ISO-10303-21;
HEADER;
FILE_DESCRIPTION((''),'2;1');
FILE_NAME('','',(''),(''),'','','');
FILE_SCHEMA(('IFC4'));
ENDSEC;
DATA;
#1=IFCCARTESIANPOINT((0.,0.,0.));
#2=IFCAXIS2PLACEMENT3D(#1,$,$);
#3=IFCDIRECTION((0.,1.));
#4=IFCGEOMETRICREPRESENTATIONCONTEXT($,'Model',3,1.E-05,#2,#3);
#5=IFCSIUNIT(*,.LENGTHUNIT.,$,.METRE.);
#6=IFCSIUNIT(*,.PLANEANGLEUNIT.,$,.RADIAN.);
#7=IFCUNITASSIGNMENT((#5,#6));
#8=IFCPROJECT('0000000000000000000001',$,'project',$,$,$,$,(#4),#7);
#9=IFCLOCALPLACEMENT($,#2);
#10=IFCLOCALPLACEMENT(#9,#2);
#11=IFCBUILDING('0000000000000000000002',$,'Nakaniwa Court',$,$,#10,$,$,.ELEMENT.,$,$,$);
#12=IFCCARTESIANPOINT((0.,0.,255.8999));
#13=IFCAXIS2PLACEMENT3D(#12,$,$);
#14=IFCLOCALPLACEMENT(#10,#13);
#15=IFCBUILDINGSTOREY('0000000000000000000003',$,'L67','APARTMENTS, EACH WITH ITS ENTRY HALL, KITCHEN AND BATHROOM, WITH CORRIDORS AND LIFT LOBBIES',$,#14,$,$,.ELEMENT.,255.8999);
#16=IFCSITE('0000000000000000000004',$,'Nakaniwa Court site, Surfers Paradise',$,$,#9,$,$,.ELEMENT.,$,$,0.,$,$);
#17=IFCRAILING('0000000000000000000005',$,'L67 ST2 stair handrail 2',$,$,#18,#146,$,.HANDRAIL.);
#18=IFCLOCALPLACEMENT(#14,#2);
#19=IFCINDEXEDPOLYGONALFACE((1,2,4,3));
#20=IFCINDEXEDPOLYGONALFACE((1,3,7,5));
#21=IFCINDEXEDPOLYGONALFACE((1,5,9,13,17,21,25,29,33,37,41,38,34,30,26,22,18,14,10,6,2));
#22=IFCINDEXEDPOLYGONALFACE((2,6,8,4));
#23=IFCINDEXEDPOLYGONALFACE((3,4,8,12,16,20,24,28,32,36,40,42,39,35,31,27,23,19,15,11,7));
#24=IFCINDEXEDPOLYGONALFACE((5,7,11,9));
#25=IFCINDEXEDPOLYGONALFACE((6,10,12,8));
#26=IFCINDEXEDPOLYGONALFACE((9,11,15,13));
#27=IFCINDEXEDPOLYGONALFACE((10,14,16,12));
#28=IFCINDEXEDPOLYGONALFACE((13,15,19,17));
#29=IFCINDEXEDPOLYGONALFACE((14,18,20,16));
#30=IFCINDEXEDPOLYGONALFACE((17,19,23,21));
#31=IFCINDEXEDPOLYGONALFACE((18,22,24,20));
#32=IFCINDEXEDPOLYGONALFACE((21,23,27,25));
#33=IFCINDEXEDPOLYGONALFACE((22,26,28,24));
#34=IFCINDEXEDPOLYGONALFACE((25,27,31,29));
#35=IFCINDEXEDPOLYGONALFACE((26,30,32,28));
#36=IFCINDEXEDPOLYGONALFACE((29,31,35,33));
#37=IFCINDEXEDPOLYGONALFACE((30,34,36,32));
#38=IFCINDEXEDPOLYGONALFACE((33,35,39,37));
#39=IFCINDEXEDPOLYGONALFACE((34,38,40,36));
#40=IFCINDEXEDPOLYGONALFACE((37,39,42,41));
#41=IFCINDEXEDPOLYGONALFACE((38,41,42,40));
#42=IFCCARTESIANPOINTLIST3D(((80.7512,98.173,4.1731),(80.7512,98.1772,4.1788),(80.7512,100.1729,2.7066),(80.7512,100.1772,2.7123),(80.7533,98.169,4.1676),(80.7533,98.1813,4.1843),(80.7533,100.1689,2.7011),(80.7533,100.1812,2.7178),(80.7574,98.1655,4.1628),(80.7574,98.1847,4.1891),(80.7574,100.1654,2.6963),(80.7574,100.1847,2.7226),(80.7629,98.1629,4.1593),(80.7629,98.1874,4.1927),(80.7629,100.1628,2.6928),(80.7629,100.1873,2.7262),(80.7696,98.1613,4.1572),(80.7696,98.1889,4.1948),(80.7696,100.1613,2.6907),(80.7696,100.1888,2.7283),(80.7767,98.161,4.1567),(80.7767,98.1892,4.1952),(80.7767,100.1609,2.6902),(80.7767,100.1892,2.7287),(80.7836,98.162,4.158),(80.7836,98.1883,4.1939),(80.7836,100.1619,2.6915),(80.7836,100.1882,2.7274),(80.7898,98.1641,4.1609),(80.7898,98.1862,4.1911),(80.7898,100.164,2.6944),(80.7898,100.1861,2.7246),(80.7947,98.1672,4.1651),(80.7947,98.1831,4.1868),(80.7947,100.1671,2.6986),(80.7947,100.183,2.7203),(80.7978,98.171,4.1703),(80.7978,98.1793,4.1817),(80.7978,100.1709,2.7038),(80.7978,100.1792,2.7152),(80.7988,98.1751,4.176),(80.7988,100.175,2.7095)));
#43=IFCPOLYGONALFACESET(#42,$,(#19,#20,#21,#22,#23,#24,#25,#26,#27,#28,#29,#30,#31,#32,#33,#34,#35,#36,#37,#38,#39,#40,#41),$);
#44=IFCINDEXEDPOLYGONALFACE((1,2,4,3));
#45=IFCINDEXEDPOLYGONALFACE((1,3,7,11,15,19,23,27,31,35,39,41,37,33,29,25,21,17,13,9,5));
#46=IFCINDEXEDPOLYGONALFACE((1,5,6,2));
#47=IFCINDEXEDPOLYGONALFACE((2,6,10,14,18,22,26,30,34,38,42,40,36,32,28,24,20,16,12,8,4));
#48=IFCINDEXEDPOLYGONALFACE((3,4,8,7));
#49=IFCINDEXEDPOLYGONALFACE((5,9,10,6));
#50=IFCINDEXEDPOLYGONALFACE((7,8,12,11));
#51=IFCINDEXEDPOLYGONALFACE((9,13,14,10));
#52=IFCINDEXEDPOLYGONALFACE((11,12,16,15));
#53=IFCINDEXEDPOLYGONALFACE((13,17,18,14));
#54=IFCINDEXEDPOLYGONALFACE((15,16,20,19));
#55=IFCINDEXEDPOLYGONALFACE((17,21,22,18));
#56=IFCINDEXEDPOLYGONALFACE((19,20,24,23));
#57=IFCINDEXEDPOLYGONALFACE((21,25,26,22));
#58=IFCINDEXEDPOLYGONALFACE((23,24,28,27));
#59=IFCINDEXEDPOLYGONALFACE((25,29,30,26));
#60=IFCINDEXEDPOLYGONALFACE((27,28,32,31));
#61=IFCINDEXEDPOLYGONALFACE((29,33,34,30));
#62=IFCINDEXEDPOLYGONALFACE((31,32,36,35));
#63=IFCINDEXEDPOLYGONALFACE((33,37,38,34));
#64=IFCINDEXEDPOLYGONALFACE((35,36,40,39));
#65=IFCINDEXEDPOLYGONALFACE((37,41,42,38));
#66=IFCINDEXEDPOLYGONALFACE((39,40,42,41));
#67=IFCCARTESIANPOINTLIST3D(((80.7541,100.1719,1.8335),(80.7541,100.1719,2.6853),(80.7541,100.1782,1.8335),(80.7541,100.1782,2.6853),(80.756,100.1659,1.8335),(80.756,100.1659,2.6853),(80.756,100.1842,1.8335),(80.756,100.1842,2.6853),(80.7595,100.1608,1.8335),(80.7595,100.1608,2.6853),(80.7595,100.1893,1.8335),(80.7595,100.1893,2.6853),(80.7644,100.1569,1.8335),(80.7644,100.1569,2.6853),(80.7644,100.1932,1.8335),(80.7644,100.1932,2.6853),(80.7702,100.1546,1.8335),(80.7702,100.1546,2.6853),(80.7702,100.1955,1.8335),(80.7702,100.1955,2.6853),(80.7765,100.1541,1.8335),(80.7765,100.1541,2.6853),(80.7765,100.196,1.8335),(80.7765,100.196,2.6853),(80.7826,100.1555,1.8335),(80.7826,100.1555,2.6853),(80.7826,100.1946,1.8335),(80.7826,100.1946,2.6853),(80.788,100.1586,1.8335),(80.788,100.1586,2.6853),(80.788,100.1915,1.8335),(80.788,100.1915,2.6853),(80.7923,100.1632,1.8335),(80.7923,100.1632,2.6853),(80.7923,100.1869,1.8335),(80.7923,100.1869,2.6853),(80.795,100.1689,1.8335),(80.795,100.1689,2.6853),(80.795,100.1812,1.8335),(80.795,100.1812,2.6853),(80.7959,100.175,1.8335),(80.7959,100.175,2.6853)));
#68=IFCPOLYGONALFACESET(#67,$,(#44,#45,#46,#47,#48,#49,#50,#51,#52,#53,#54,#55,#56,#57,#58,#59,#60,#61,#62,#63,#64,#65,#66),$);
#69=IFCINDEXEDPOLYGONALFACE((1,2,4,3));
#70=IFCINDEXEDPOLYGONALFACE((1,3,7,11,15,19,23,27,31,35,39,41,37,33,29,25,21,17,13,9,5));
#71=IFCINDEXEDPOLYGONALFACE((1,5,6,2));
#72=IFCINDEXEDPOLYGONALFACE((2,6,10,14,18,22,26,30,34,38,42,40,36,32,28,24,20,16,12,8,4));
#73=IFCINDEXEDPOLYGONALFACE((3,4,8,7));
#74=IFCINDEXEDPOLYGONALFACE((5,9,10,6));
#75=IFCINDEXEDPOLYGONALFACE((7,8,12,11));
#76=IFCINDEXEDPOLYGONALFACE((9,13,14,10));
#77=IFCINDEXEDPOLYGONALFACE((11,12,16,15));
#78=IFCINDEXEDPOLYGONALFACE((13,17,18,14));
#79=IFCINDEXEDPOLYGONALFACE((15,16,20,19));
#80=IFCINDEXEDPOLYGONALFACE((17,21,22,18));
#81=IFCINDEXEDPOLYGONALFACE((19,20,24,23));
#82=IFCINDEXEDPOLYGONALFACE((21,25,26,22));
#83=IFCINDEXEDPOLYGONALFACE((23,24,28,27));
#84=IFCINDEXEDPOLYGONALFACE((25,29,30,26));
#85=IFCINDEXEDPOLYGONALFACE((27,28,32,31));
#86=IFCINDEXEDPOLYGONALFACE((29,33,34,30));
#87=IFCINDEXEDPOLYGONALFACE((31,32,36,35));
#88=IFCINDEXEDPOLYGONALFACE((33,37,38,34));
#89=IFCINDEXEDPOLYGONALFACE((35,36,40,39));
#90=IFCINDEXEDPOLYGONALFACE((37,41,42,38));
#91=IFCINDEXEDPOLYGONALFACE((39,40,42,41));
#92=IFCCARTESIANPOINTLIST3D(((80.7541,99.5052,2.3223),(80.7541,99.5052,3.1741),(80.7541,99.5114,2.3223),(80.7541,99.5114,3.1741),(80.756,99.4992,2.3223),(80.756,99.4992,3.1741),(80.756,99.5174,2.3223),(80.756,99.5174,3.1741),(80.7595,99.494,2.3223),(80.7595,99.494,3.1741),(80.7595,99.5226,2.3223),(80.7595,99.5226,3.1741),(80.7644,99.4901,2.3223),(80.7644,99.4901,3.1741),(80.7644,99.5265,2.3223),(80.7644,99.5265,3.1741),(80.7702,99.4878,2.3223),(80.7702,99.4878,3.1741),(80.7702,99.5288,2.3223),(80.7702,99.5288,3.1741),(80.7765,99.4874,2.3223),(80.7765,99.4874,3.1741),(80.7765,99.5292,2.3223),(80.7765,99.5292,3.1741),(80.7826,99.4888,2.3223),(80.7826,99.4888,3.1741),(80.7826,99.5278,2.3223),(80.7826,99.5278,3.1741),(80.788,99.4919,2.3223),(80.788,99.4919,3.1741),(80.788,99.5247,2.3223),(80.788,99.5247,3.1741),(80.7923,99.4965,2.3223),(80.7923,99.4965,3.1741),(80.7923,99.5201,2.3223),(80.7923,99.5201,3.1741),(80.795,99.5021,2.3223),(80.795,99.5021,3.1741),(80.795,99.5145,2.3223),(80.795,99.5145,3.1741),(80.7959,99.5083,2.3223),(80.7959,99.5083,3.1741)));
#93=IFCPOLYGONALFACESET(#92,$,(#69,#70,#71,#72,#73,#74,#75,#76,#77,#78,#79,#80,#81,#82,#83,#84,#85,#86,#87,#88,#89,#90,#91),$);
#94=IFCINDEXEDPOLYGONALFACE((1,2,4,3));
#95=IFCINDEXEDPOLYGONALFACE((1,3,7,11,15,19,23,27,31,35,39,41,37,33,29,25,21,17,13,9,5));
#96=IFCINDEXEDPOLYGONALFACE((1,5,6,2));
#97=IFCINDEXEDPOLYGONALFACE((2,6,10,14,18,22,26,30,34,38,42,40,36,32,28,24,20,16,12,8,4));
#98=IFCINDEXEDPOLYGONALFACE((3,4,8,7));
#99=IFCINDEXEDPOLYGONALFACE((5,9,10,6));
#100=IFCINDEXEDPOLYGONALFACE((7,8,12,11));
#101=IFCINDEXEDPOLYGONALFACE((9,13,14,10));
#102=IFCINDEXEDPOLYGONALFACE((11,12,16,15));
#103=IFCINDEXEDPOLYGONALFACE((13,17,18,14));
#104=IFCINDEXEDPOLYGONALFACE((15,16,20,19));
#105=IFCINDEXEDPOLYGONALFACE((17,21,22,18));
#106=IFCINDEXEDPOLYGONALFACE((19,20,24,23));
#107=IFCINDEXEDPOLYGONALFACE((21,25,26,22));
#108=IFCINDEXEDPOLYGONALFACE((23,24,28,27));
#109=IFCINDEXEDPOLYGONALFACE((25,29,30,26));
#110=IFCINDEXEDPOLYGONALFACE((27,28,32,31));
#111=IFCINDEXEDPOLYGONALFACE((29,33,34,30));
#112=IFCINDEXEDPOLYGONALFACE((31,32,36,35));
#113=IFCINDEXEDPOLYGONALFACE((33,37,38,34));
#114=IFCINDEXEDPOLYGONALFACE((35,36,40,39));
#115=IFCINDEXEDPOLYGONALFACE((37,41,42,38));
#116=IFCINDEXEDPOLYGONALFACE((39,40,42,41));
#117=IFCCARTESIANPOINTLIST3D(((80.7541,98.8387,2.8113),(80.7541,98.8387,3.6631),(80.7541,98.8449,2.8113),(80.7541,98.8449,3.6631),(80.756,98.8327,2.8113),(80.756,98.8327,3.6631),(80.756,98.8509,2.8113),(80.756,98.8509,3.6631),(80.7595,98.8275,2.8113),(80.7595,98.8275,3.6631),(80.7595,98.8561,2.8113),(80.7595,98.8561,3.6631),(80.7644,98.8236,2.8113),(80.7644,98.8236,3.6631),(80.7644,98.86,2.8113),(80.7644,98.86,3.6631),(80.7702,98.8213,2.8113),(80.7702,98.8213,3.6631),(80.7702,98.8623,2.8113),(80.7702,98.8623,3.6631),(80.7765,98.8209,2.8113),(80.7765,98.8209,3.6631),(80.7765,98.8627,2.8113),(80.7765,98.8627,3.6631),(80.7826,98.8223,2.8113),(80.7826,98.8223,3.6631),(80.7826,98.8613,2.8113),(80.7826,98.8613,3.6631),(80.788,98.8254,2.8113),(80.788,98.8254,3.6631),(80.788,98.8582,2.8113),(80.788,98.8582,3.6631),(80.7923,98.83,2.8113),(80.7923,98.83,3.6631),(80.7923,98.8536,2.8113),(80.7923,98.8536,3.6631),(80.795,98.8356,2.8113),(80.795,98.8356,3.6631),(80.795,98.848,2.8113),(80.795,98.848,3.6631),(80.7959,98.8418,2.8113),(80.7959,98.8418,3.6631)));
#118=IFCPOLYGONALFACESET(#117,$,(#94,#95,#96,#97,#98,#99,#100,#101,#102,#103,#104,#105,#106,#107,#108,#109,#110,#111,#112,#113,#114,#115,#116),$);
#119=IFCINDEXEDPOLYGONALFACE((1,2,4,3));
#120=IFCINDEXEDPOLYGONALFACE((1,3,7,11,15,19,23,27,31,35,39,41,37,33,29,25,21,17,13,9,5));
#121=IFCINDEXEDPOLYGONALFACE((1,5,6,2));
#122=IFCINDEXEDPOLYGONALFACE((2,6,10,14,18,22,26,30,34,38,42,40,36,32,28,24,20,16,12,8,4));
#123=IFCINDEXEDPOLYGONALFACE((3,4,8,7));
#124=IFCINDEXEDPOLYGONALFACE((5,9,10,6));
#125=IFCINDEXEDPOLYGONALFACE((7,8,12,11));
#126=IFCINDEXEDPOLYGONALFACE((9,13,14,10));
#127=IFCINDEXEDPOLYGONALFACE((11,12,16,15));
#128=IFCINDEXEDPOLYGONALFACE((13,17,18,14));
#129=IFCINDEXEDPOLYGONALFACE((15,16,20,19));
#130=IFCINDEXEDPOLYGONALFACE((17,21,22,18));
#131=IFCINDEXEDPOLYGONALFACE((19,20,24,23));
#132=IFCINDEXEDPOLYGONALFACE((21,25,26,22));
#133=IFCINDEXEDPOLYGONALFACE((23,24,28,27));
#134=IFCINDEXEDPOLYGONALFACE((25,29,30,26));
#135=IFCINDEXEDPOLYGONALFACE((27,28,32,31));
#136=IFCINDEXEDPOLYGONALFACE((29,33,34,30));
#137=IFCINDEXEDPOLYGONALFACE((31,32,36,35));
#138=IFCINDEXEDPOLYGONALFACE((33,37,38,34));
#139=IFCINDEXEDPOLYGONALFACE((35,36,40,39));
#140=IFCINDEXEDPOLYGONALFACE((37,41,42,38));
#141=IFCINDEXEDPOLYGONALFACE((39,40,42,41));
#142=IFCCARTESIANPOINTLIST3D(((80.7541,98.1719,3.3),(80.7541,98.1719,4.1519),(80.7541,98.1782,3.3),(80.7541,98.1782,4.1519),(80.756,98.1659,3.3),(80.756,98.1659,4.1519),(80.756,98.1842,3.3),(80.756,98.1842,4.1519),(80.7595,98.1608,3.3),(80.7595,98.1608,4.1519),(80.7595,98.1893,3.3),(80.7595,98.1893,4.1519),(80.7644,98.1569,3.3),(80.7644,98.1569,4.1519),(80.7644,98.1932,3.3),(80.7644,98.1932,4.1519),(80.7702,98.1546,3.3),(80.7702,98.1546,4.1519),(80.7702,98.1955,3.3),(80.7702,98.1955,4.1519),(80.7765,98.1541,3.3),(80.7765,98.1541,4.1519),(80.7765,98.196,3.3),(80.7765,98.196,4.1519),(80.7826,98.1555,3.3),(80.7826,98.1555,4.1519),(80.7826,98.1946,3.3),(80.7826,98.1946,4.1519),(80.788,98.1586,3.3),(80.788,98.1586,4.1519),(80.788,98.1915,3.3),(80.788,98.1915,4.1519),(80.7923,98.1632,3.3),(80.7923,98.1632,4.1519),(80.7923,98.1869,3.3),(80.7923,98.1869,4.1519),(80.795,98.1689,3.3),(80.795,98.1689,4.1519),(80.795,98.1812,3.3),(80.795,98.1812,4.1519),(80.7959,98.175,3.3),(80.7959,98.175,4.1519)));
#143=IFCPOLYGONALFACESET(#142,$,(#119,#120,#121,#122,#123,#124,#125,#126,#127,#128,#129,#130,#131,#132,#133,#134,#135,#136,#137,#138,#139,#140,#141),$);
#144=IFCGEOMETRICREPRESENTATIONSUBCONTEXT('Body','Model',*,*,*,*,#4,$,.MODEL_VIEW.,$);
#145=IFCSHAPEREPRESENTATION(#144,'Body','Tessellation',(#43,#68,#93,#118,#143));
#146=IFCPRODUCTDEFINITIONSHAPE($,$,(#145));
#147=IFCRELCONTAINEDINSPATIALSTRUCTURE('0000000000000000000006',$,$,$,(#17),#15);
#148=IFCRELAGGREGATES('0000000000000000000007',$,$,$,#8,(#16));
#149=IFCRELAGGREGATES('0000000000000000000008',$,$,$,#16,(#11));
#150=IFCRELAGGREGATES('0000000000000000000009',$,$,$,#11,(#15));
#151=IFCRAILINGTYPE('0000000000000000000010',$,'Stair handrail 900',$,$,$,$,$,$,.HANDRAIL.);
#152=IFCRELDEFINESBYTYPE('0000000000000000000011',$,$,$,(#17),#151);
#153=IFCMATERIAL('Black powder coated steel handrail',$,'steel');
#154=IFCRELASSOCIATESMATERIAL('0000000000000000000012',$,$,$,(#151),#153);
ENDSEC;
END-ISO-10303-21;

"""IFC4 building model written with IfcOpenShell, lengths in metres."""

from ifc_helpers import new_model, si_unit, direction, frame, origin, origin_2d, place, context, subcontext, project, spatial, circle, extrude, material, type_object, element, save


model = new_model("IFC4")

# Units and contexts
model_context = context("Model", 3, precision=1e-05, world=origin(), true_north=direction((0.0, 1.0)))
body_context = subcontext(model_context, "Body", "Model", "MODEL_VIEW")
ifc_project = project(units=[si_unit("LENGTHUNIT", "METRE"), si_unit("PLANEANGLEUNIT", "RADIAN")], contexts=[model_context])

# Site, building, storey
site_placement = place(None, origin())
site = spatial("IfcSite", under=ifc_project, at=site_placement, Name="Nakaniwa Court site, Surfers Paradise", CompositionType="ELEMENT", RefElevation=0.0)
building_placement = place(site_placement, origin())
building = spatial("IfcBuilding", under=site, at=building_placement, Name="Nakaniwa Court", CompositionType="ELEMENT")
storey_placement = place(building_placement, frame((0.0, 0.0, 255.8999)))
storey = spatial("IfcBuildingStorey", under=building, at=storey_placement, Name="L67", Description="APARTMENTS, EACH WITH ITS ENTRY HALL, KITCHEN AND BATHROOM, WITH CORRIDORS AND LIFT LOBBIES", CompositionType="ELEMENT", Elevation=255.8999)

# Railing
ifc_material_1 = material(Name="Black powder coated steel handrail", Category="steel")
railing_type_1 = type_object("IfcRailingType", Name="Stair handrail 900", PredefinedType="HANDRAIL", material=ifc_material_1)
railing_1_placement = place(storey_placement, frame((80.7749, 100.175, 1.8335)))
element("IfcRailing", 1, at=railing_1_placement, inside=storey, type_object=railing_type_1, Name="L67 ST2 stair handrail 2", PredefinedType="HANDRAIL", context=body_context, shape_type="SweptSolid", body=[
    extrude(circle(Radius=0.0239, at=origin_2d()), frame((0.0, 0.0, 0.876), z_axis=(0.0, -0.806427, 0.591334), x_axis=(1.0, 0.0, 0.0)), (0.0, 0.0, 1.0), 2.48),
    extrude(circle(Radius=0.021, at=origin_2d()), origin(), (0.0, 0.0, 1.0), 0.8518),
    extrude(circle(Radius=0.021, at=origin_2d()), frame((0.0, -0.6667, 0.4888)), (0.0, 0.0, 1.0), 0.8518),
    extrude(circle(Radius=0.021, at=origin_2d()), frame((0.0, -1.3333, 0.9778)), (0.0, 0.0, 1.0), 0.8518),
    extrude(circle(Radius=0.021, at=origin_2d()), frame((0.0, -2.0, 1.4666)), (0.0, 0.0, 1.0), 0.8518),
])

save(model, "model.ifc")
